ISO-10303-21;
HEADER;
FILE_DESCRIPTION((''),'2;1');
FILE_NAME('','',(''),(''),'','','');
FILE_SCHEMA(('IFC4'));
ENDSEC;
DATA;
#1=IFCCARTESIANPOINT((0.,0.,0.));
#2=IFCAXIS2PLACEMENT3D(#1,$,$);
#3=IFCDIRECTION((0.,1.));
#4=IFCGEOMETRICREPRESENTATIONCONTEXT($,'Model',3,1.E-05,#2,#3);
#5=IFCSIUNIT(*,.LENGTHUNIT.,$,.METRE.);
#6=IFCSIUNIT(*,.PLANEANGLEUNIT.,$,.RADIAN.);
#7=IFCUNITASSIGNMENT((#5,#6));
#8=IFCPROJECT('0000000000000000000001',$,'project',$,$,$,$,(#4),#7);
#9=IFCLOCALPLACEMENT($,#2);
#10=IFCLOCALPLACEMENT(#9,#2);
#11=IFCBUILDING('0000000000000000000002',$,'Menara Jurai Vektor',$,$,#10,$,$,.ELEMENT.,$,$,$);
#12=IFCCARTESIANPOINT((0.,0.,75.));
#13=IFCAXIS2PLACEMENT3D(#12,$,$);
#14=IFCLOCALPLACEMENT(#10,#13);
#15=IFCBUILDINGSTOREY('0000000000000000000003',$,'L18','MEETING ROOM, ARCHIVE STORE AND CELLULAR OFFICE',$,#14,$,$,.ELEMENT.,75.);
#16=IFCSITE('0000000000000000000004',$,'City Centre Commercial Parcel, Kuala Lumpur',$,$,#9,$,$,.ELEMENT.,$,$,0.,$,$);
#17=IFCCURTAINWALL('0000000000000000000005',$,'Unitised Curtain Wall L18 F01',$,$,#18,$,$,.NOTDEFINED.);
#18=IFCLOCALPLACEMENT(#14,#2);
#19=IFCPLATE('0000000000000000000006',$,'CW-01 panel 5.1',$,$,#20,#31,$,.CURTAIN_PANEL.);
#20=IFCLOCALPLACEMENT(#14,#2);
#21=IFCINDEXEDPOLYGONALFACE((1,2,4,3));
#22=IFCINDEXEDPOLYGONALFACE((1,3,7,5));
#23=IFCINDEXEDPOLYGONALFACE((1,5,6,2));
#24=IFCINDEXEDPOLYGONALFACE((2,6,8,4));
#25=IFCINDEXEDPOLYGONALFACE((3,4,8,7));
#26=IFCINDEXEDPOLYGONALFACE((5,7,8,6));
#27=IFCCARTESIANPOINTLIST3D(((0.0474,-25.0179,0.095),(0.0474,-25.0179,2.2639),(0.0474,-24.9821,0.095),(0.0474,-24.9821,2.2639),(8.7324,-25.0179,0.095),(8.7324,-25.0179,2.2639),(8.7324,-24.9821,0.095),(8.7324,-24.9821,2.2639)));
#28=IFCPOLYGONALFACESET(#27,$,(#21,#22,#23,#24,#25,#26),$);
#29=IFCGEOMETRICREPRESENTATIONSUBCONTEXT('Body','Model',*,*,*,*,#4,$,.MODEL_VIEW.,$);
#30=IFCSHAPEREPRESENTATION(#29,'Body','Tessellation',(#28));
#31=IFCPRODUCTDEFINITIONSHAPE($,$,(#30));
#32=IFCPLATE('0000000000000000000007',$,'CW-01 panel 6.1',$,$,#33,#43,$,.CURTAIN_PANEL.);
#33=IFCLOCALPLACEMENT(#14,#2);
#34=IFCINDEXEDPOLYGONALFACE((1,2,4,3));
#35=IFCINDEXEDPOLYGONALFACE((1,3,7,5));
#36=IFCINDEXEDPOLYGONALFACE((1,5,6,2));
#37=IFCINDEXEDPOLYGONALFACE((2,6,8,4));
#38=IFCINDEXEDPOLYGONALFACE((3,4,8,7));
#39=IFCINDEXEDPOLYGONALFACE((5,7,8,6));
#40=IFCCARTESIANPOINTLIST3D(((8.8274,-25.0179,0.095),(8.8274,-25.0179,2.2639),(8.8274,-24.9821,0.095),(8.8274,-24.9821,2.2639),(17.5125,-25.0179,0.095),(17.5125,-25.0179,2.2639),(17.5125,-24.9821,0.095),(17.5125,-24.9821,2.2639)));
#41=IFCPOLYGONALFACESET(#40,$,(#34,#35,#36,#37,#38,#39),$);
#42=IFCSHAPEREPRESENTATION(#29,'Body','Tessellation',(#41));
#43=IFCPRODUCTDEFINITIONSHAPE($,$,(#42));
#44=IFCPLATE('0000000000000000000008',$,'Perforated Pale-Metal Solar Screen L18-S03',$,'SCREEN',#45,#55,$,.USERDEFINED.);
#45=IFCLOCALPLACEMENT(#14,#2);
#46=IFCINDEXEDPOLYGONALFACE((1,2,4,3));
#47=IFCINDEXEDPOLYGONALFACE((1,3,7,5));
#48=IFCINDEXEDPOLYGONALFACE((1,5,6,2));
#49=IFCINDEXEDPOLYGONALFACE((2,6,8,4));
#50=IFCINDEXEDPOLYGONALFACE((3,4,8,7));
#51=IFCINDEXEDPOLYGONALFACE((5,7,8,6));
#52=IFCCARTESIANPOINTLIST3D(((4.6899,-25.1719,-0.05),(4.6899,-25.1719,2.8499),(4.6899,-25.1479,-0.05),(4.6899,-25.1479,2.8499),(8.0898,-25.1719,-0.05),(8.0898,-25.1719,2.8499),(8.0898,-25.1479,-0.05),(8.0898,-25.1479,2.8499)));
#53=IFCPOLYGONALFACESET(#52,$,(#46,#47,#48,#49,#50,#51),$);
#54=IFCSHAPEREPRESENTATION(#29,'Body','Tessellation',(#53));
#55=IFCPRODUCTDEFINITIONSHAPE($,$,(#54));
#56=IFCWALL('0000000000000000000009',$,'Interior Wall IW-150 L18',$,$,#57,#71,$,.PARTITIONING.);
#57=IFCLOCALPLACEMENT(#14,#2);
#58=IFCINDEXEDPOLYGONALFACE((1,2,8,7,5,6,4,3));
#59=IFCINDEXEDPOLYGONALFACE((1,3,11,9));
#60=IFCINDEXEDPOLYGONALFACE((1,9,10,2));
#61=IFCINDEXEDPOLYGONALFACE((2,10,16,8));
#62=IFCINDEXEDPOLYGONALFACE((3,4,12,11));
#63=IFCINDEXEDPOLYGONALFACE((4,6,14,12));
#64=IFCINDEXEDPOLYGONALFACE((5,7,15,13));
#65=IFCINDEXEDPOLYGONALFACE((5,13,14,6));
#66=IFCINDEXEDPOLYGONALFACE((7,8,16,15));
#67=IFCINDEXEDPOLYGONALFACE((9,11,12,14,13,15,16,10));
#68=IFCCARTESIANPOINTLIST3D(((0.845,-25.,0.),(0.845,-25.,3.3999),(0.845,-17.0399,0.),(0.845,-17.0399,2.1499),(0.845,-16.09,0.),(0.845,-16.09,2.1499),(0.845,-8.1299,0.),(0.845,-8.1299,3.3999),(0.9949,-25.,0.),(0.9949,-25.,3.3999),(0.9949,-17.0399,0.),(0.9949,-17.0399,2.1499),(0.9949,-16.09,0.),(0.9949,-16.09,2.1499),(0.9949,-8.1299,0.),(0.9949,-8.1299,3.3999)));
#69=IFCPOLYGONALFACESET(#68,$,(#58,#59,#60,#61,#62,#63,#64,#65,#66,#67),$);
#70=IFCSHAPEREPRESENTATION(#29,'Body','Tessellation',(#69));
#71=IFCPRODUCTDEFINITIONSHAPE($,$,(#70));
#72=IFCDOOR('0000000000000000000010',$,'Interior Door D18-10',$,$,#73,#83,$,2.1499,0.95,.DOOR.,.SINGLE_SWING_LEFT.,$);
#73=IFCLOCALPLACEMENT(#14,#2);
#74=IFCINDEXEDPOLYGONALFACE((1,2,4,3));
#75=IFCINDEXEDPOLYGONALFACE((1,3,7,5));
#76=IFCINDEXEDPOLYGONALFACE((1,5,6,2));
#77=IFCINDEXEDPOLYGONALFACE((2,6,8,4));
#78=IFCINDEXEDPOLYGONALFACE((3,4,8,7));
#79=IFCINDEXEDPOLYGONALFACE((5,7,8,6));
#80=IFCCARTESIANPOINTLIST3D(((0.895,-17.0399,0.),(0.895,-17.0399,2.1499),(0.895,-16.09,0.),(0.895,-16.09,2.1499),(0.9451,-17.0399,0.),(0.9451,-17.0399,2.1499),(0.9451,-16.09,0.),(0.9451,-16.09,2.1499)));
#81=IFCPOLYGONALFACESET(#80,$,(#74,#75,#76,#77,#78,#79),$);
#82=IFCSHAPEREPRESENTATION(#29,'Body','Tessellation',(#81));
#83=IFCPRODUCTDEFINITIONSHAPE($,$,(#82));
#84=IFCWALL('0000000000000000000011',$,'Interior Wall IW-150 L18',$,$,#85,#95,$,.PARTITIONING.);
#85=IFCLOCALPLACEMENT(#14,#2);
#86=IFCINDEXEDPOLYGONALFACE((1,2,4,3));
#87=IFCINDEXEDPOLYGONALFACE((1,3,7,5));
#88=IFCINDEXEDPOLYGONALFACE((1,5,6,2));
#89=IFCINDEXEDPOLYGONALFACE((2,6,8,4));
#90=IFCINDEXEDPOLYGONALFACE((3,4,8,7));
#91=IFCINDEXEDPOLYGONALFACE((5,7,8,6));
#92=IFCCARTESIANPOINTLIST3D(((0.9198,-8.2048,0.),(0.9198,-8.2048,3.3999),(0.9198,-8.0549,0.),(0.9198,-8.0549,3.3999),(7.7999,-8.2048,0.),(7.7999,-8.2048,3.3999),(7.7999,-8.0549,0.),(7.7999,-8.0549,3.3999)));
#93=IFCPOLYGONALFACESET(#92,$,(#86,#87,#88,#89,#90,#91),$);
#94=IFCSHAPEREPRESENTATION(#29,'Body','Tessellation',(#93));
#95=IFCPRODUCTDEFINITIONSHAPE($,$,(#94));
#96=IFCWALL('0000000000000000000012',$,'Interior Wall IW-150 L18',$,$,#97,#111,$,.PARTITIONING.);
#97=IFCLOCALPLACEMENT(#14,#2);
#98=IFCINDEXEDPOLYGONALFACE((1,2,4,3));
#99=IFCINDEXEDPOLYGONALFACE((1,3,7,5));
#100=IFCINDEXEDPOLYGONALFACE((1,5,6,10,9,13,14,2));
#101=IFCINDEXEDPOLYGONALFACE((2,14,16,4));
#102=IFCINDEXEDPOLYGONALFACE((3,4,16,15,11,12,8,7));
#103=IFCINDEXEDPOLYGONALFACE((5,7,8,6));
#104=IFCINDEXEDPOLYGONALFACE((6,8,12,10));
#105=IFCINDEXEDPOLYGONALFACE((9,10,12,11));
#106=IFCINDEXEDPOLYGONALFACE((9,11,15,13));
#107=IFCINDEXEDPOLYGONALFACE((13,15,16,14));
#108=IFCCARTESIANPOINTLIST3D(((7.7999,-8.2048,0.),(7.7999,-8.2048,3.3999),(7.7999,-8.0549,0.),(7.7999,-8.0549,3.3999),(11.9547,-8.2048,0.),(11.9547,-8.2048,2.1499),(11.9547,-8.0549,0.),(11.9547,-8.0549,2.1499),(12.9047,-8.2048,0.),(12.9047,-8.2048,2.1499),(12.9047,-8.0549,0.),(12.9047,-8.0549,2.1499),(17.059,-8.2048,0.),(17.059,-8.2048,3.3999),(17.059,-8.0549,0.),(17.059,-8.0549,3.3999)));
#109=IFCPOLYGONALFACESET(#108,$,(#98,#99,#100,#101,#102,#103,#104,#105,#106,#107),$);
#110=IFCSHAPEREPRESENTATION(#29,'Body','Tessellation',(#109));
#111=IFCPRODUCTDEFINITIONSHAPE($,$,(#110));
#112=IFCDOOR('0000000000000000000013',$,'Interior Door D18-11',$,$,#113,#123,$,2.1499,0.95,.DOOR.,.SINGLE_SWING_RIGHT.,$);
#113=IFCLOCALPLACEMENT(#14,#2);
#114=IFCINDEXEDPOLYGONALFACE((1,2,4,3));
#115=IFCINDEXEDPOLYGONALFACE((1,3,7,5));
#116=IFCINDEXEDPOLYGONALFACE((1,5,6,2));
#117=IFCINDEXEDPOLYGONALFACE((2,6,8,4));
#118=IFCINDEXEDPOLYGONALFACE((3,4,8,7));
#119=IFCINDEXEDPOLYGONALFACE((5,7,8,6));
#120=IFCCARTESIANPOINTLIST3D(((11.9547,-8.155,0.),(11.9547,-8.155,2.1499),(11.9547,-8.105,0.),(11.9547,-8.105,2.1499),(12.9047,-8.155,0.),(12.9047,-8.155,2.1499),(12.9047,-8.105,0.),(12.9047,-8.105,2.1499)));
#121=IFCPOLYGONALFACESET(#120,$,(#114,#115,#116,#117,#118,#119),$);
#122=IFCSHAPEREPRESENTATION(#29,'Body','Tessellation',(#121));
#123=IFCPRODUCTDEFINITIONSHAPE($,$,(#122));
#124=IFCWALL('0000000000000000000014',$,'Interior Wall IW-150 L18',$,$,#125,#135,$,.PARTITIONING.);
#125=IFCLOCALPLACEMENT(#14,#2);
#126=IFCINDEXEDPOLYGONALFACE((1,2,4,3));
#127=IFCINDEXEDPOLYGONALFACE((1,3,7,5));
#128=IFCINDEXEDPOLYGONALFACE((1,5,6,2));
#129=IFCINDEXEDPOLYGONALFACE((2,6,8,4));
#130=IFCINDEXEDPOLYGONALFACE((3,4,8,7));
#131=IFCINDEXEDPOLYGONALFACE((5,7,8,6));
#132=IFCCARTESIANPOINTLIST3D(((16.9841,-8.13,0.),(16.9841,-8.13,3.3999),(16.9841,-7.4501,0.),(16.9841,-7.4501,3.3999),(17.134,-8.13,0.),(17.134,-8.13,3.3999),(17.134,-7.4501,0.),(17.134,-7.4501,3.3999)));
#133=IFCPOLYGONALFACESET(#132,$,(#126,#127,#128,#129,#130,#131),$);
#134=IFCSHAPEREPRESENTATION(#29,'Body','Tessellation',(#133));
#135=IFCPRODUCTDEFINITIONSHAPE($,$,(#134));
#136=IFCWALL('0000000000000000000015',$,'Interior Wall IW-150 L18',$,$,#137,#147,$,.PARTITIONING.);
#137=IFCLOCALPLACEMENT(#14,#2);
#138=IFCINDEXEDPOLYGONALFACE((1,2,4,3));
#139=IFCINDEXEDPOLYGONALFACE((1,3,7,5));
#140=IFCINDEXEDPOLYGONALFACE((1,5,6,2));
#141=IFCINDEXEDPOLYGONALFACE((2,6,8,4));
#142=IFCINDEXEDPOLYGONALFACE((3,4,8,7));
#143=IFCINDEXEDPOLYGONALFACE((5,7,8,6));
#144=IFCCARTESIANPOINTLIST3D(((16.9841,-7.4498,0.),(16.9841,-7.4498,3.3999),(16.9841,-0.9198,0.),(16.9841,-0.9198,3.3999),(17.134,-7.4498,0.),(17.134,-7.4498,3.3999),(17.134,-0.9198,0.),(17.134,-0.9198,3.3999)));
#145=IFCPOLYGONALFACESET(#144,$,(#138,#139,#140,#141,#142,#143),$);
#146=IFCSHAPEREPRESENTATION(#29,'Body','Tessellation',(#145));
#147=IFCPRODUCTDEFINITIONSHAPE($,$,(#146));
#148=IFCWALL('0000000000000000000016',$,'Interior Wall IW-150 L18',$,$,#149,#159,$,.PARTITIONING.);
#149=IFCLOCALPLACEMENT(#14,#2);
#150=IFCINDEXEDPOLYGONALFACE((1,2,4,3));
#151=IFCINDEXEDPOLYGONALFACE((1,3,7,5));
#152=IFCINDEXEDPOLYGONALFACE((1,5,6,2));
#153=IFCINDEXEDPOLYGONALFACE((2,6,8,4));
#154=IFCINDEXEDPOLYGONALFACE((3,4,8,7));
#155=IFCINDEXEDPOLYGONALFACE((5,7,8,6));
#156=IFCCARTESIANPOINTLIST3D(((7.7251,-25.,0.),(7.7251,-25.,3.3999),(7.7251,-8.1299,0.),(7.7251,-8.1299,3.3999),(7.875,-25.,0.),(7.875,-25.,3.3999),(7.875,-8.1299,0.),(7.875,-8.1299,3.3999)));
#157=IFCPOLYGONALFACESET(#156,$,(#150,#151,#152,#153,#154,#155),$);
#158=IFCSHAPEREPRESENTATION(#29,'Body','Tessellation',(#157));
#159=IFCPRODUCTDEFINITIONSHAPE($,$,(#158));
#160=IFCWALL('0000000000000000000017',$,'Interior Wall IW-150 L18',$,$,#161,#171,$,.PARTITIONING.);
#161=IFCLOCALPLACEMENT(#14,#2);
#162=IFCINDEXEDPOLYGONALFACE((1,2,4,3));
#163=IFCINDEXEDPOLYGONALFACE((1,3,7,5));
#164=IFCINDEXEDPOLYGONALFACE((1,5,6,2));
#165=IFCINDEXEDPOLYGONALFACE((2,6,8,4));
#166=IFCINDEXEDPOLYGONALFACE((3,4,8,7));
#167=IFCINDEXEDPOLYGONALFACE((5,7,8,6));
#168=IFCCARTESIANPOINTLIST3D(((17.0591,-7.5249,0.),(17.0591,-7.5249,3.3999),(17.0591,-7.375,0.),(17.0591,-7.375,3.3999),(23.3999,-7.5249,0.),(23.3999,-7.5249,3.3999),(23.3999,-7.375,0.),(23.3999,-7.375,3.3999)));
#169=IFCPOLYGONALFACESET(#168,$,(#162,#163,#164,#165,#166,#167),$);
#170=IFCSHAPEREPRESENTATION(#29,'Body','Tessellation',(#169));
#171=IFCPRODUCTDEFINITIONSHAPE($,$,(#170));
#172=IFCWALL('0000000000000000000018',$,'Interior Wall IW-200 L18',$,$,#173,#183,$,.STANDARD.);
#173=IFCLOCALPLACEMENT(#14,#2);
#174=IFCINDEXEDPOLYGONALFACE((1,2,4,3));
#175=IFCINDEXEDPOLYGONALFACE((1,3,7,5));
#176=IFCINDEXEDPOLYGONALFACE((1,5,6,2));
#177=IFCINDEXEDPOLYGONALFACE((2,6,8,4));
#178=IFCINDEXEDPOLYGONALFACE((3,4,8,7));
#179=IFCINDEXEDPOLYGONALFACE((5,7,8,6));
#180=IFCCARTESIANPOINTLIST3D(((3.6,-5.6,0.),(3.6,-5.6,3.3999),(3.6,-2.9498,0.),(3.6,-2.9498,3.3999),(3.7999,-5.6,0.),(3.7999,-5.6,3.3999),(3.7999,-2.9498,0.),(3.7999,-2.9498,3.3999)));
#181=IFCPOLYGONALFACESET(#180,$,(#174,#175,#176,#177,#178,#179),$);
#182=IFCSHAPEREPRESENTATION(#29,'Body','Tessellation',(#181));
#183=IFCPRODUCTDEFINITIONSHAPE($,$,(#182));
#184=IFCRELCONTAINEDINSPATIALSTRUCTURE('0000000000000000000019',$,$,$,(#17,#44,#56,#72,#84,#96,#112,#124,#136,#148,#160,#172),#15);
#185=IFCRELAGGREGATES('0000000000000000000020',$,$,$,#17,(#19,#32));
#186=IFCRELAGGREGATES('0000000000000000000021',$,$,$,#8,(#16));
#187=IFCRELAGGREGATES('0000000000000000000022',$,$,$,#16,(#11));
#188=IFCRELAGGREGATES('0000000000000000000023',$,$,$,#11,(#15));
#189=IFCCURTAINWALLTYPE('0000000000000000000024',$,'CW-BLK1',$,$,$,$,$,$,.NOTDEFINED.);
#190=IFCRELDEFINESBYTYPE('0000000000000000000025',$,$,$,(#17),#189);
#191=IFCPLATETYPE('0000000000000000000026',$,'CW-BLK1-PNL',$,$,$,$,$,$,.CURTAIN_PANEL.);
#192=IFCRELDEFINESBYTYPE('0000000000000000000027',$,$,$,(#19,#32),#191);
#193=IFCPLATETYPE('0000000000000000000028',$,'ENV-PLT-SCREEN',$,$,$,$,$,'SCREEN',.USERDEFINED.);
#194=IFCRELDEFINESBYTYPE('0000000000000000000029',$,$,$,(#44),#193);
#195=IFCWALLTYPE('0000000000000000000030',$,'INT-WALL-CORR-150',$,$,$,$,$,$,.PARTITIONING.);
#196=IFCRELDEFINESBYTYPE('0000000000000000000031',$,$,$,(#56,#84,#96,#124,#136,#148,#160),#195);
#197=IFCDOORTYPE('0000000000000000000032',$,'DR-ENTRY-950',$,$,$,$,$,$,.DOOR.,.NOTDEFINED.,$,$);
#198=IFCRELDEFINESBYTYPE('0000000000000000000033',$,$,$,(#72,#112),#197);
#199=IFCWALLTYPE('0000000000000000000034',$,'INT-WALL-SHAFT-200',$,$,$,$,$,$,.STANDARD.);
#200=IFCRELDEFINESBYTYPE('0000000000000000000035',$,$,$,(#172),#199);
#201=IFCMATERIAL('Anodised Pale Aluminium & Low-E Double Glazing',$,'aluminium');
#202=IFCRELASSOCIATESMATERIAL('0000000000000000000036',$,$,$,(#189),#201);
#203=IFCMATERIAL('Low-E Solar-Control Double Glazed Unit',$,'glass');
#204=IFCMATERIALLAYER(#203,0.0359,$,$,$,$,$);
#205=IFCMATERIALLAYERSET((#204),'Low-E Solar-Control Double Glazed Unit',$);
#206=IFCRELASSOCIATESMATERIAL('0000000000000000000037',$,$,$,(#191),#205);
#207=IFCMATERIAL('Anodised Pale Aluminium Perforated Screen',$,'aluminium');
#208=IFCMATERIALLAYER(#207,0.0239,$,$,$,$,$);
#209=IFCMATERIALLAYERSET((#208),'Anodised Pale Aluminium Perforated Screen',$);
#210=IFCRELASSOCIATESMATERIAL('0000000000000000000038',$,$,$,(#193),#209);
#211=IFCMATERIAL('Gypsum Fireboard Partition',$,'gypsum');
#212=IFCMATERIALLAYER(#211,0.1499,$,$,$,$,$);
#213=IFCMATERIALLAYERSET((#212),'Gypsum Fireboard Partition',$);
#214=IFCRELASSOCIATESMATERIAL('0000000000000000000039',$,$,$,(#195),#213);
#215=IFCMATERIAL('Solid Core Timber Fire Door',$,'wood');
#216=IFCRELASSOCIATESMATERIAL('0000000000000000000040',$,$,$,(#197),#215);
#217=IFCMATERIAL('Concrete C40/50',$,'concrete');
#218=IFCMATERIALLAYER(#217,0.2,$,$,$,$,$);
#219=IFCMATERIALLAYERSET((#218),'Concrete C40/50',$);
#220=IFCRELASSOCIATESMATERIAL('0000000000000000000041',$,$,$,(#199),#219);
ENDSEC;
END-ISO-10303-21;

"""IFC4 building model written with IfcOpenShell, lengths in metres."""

from ifc_helpers import new_model, si_unit, direction, frame, frame_2d, origin, origin_2d, place, context, subcontext, project, spatial, rectangle, extrude, material, layer, layer_set, type_object, element, fill, aggregate, save


model = new_model("IFC4")

# Units and contexts
model_context = context("Model", 3, precision=1e-05, world=origin(), true_north=direction((0.0, 1.0)))
body_context = subcontext(model_context, "Body", "Model", "MODEL_VIEW")
ifc_project = project(units=[si_unit("LENGTHUNIT", "METRE"), si_unit("PLANEANGLEUNIT", "RADIAN")], contexts=[model_context])

# Site, building, storey
site_placement = place(None, origin())
site = spatial("IfcSite", under=ifc_project, at=site_placement, Name="City Centre Commercial Parcel, Kuala Lumpur", CompositionType="ELEMENT", RefElevation=0.0)
building_placement = place(site_placement, origin())
building = spatial("IfcBuilding", under=site, at=building_placement, Name="Menara Jurai Vektor", CompositionType="ELEMENT")
storey_placement = place(building_placement, frame((0.0, 0.0, 75.0)))
storey = spatial("IfcBuildingStorey", under=building, at=storey_placement, Name="L18", Description="MEETING ROOM, ARCHIVE STORE AND CELLULAR OFFICE", CompositionType="ELEMENT", Elevation=75.0)

# Curtain wall
ifc_material_1 = material(Name="Anodised Pale Aluminium & Low-E Double Glazing", Category="aluminium")
curtain_wall_type = type_object("IfcCurtainWallType", Name="CW-BLK1", PredefinedType="NOTDEFINED", material=ifc_material_1)
curtain_wall_placement = place(storey_placement, origin())
curtain_wall = element("IfcCurtainWall", 1, at=curtain_wall_placement, inside=storey, type_object=curtain_wall_type, Name="Unitised Curtain Wall L18 F01", PredefinedType="NOTDEFINED")

# Plates
ifc_material_2 = material(Name="Low-E Solar-Control Double Glazed Unit", Category="glass")
ifc_layer_1 = layer(ifc_material_2, 0.0359)
ifc_layer_set_1 = layer_set([ifc_layer_1], Name="Low-E Solar-Control Double Glazed Unit")
plate_type_1 = type_object("IfcPlateType", Name="CW-BLK1-PNL", PredefinedType="CURTAIN_PANEL", material=ifc_layer_set_1)
plate_1_placement = place(storey_placement, frame((4.3899, -25.0, 0.095), z_axis=(0.0, 0.0, 1.0), x_axis=(1.0, 0.0, 0.0)))
plate_1 = element("IfcPlate", 2, at=plate_1_placement, type_object=plate_type_1, Name="CW-01 panel 5.1", PredefinedType="CURTAIN_PANEL", context=body_context, shape_type="SweptSolid", body=[
    extrude(rectangle(XDim=8.6851, YDim=0.0359, at=origin_2d()), origin(), (0.0, 0.0, 1.0), 2.1689),
])
plate_2_placement = place(storey_placement, frame((13.1699, -25.0, 0.095), z_axis=(0.0, 0.0, 1.0), x_axis=(1.0, 0.0, 0.0)))
plate_2 = element("IfcPlate", 3, at=plate_2_placement, type_object=plate_type_1, Name="CW-01 panel 6.1", PredefinedType="CURTAIN_PANEL", context=body_context, shape_type="SweptSolid", body=[
    extrude(rectangle(XDim=8.6851, YDim=0.0359, at=origin_2d()), origin(), (0.0, 0.0, 1.0), 2.1689),
])
aggregate(curtain_wall, [plate_1, plate_2])
ifc_material_3 = material(Name="Anodised Pale Aluminium Perforated Screen", Category="aluminium")
ifc_layer_2 = layer(ifc_material_3, 0.0239)
ifc_layer_set_2 = layer_set([ifc_layer_2], Name="Anodised Pale Aluminium Perforated Screen")
plate_type_2 = type_object("IfcPlateType", Name="ENV-PLT-SCREEN", ElementType="SCREEN", PredefinedType="USERDEFINED", material=ifc_layer_set_2)
plate_3_placement = place(storey_placement, frame((6.3899, -25.1599, -0.05), z_axis=(0.0, 0.0, 1.0), x_axis=(1.0, 0.0, 0.0)))
element("IfcPlate", 4, at=plate_3_placement, inside=storey, type_object=plate_type_2, Name="Perforated Pale-Metal Solar Screen L18-S03", ObjectType="SCREEN", PredefinedType="USERDEFINED", context=body_context, shape_type="SweptSolid", body=[
    extrude(rectangle(XDim=3.3999, YDim=0.0239, at=origin_2d()), origin(), (0.0, 0.0, 1.0), 2.8999),
])

# Wall, opening, door
ifc_material_4 = material(Name="Gypsum Fireboard Partition", Category="gypsum")
ifc_layer_3 = layer(ifc_material_4, 0.1499)
ifc_layer_set_3 = layer_set([ifc_layer_3], Name="Gypsum Fireboard Partition")
wall_type_1 = type_object("IfcWallType", Name="INT-WALL-CORR-150", PredefinedType="PARTITIONING", material=ifc_layer_set_3)
wall_1_placement = place(storey_placement, frame((0.9199, -25.0, 0.0), z_axis=(0.0, 0.0, 1.0), x_axis=(0.0, 1.0, 0.0)))
wall_1 = element("IfcWall", 5, at=wall_1_placement, inside=storey, type_object=wall_type_1, Name="Interior Wall IW-150 L18", PredefinedType="PARTITIONING", context=body_context, shape_type="SweptSolid", body=[
    extrude(rectangle(XDim=16.8701, YDim=0.1499, at=frame_2d((8.4351, 0.0))), origin(), (0.0, 0.0, 1.0), 3.3999),
])
opening_1_placement = place(wall_1_placement, frame((7.96, 0.0, 0.0)))
opening_1 = element("IfcOpeningElement", 6, at=opening_1_placement, cuts=wall_1, PredefinedType="OPENING", context=body_context, shape_type="SweptSolid", body=[
    extrude(rectangle(XDim=0.95, YDim=2.1499, at=frame_2d((0.4751, 1.075))), frame((0.0, 0.085, 0.0), z_axis=(0.0, -1.0, 0.0), x_axis=(1.0, 0.0, 0.0)), (0.0, 0.0, 1.0), 0.1699),
])
ifc_material_5 = material(Name="Solid Core Timber Fire Door", Category="wood")
door_type = type_object("IfcDoorType", Name="DR-ENTRY-950", OperationType="NOTDEFINED", PredefinedType="DOOR", material=ifc_material_5)
door_1_placement = place(opening_1_placement, origin())
door_1 = element("IfcDoor", 7, at=door_1_placement, inside=storey, type_object=door_type, Name="Interior Door D18-10", OperationType="SINGLE_SWING_LEFT", OverallHeight=2.1499, OverallWidth=0.95, PredefinedType="DOOR", context=body_context, shape_type="SweptSolid", body=[
    extrude(rectangle(XDim=0.95, YDim=2.1499, at=frame_2d((0.4751, 1.075))), frame((0.0, 0.0249, 0.0), z_axis=(0.0, -1.0, 0.0), x_axis=(1.0, 0.0, 0.0)), (0.0, 0.0, 1.0), 0.05),
])
fill(opening_1, door_1)

# Wall
wall_2_placement = place(storey_placement, frame((0.9199, -8.1299, 0.0), z_axis=(0.0, 0.0, 1.0), x_axis=(1.0, 0.0, 0.0)))
element("IfcWall", 8, at=wall_2_placement, inside=storey, type_object=wall_type_1, Name="Interior Wall IW-150 L18", PredefinedType="PARTITIONING", context=body_context, shape_type="SweptSolid", body=[
    extrude(rectangle(XDim=6.8801, YDim=0.1499, at=frame_2d((3.4399, 0.0))), origin(), (0.0, 0.0, 1.0), 3.3999),
])

# Wall, opening, door
wall_3_placement = place(storey_placement, frame((7.8, -8.1299, 0.0), z_axis=(0.0, 0.0, 1.0), x_axis=(1.0, 0.0, 0.0)))
wall_3 = element("IfcWall", 9, at=wall_3_placement, inside=storey, type_object=wall_type_1, Name="Interior Wall IW-150 L18", PredefinedType="PARTITIONING", context=body_context, shape_type="SweptSolid", body=[
    extrude(rectangle(XDim=9.259, YDim=0.1499, at=frame_2d((4.6294, 0.0))), origin(), (0.0, 0.0, 1.0), 3.3999),
])
opening_2_placement = place(wall_3_placement, frame((4.1545, 0.0, 0.0)))
opening_2 = element("IfcOpeningElement", 10, at=opening_2_placement, cuts=wall_3, PredefinedType="OPENING", context=body_context, shape_type="SweptSolid", body=[
    extrude(rectangle(XDim=0.95, YDim=2.1499, at=frame_2d((0.4751, 1.075))), frame((0.0, 0.085, 0.0), z_axis=(0.0, -1.0, 0.0), x_axis=(1.0, 0.0, 0.0)), (0.0, 0.0, 1.0), 0.1699),
])
door_2_placement = place(opening_2_placement, origin())
door_2 = element("IfcDoor", 11, at=door_2_placement, inside=storey, type_object=door_type, Name="Interior Door D18-11", OperationType="SINGLE_SWING_RIGHT", OverallHeight=2.1499, OverallWidth=0.95, PredefinedType="DOOR", context=body_context, shape_type="SweptSolid", body=[
    extrude(rectangle(XDim=0.95, YDim=2.1499, at=frame_2d((0.4751, 1.075))), frame((0.0, 0.0249, 0.0), z_axis=(0.0, -1.0, 0.0), x_axis=(1.0, 0.0, 0.0)), (0.0, 0.0, 1.0), 0.05),
])
fill(opening_2, door_2)

# Walls
wall_4_placement = place(storey_placement, frame((17.0591, -8.1299, 0.0), z_axis=(0.0, 0.0, 1.0), x_axis=(0.0, 1.0, 0.0)))
element("IfcWall", 12, at=wall_4_placement, inside=storey, type_object=wall_type_1, Name="Interior Wall IW-150 L18", PredefinedType="PARTITIONING", context=body_context, shape_type="SweptSolid", body=[
    extrude(rectangle(XDim=0.6799, YDim=0.1499, at=frame_2d((0.3398, 0.0))), origin(), (0.0, 0.0, 1.0), 3.3999),
])
wall_5_placement = place(storey_placement, frame((17.0591, -7.45, 0.0), z_axis=(0.0, 0.0, 1.0), x_axis=(0.0, 1.0, 0.0)))
element("IfcWall", 13, at=wall_5_placement, inside=storey, type_object=wall_type_1, Name="Interior Wall IW-150 L18", PredefinedType="PARTITIONING", context=body_context, shape_type="SweptSolid", body=[
    extrude(rectangle(XDim=6.53, YDim=0.1499, at=frame_2d((3.2651, 0.0))), origin(), (0.0, 0.0, 1.0), 3.3999),
])
wall_6_placement = place(storey_placement, frame((7.8, -25.0, 0.0), z_axis=(0.0, 0.0, 1.0), x_axis=(0.0, 1.0, 0.0)))
element("IfcWall", 14, at=wall_6_placement, inside=storey, type_object=wall_type_1, Name="Interior Wall IW-150 L18", PredefinedType="PARTITIONING", context=body_context, shape_type="SweptSolid", body=[
    extrude(rectangle(XDim=16.8701, YDim=0.1499, at=frame_2d((8.4351, 0.0))), origin(), (0.0, 0.0, 1.0), 3.3999),
])
wall_7_placement = place(storey_placement, frame((17.0591, -7.45, 0.0), z_axis=(0.0, 0.0, 1.0), x_axis=(1.0, 0.0, 0.0)))
element("IfcWall", 15, at=wall_7_placement, inside=storey, type_object=wall_type_1, Name="Interior Wall IW-150 L18", PredefinedType="PARTITIONING", context=body_context, shape_type="SweptSolid", body=[
    extrude(rectangle(XDim=6.3408, YDim=0.1499, at=frame_2d((3.1704, 0.0))), origin(), (0.0, 0.0, 1.0), 3.3999),
])
ifc_material_6 = material(Name="Concrete C40/50", Category="concrete")
ifc_layer_4 = layer(ifc_material_6, 0.2)
ifc_layer_set_4 = layer_set([ifc_layer_4], Name="Concrete C40/50")
wall_type_2 = type_object("IfcWallType", Name="INT-WALL-SHAFT-200", PredefinedType="STANDARD", material=ifc_layer_set_4)
wall_8_placement = place(storey_placement, frame((3.7, -5.6001, 0.0), z_axis=(0.0, 0.0, 1.0), x_axis=(0.0, 1.0, 0.0)))
element("IfcWall", 16, at=wall_8_placement, inside=storey, type_object=wall_type_2, Name="Interior Wall IW-200 L18", PredefinedType="STANDARD", context=body_context, shape_type="SweptSolid", body=[
    extrude(rectangle(XDim=2.6501, YDim=0.2, at=frame_2d((1.3252, 0.0))), origin(), (0.0, 0.0, 1.0), 3.3999),
])

save(model, "model.ifc")
